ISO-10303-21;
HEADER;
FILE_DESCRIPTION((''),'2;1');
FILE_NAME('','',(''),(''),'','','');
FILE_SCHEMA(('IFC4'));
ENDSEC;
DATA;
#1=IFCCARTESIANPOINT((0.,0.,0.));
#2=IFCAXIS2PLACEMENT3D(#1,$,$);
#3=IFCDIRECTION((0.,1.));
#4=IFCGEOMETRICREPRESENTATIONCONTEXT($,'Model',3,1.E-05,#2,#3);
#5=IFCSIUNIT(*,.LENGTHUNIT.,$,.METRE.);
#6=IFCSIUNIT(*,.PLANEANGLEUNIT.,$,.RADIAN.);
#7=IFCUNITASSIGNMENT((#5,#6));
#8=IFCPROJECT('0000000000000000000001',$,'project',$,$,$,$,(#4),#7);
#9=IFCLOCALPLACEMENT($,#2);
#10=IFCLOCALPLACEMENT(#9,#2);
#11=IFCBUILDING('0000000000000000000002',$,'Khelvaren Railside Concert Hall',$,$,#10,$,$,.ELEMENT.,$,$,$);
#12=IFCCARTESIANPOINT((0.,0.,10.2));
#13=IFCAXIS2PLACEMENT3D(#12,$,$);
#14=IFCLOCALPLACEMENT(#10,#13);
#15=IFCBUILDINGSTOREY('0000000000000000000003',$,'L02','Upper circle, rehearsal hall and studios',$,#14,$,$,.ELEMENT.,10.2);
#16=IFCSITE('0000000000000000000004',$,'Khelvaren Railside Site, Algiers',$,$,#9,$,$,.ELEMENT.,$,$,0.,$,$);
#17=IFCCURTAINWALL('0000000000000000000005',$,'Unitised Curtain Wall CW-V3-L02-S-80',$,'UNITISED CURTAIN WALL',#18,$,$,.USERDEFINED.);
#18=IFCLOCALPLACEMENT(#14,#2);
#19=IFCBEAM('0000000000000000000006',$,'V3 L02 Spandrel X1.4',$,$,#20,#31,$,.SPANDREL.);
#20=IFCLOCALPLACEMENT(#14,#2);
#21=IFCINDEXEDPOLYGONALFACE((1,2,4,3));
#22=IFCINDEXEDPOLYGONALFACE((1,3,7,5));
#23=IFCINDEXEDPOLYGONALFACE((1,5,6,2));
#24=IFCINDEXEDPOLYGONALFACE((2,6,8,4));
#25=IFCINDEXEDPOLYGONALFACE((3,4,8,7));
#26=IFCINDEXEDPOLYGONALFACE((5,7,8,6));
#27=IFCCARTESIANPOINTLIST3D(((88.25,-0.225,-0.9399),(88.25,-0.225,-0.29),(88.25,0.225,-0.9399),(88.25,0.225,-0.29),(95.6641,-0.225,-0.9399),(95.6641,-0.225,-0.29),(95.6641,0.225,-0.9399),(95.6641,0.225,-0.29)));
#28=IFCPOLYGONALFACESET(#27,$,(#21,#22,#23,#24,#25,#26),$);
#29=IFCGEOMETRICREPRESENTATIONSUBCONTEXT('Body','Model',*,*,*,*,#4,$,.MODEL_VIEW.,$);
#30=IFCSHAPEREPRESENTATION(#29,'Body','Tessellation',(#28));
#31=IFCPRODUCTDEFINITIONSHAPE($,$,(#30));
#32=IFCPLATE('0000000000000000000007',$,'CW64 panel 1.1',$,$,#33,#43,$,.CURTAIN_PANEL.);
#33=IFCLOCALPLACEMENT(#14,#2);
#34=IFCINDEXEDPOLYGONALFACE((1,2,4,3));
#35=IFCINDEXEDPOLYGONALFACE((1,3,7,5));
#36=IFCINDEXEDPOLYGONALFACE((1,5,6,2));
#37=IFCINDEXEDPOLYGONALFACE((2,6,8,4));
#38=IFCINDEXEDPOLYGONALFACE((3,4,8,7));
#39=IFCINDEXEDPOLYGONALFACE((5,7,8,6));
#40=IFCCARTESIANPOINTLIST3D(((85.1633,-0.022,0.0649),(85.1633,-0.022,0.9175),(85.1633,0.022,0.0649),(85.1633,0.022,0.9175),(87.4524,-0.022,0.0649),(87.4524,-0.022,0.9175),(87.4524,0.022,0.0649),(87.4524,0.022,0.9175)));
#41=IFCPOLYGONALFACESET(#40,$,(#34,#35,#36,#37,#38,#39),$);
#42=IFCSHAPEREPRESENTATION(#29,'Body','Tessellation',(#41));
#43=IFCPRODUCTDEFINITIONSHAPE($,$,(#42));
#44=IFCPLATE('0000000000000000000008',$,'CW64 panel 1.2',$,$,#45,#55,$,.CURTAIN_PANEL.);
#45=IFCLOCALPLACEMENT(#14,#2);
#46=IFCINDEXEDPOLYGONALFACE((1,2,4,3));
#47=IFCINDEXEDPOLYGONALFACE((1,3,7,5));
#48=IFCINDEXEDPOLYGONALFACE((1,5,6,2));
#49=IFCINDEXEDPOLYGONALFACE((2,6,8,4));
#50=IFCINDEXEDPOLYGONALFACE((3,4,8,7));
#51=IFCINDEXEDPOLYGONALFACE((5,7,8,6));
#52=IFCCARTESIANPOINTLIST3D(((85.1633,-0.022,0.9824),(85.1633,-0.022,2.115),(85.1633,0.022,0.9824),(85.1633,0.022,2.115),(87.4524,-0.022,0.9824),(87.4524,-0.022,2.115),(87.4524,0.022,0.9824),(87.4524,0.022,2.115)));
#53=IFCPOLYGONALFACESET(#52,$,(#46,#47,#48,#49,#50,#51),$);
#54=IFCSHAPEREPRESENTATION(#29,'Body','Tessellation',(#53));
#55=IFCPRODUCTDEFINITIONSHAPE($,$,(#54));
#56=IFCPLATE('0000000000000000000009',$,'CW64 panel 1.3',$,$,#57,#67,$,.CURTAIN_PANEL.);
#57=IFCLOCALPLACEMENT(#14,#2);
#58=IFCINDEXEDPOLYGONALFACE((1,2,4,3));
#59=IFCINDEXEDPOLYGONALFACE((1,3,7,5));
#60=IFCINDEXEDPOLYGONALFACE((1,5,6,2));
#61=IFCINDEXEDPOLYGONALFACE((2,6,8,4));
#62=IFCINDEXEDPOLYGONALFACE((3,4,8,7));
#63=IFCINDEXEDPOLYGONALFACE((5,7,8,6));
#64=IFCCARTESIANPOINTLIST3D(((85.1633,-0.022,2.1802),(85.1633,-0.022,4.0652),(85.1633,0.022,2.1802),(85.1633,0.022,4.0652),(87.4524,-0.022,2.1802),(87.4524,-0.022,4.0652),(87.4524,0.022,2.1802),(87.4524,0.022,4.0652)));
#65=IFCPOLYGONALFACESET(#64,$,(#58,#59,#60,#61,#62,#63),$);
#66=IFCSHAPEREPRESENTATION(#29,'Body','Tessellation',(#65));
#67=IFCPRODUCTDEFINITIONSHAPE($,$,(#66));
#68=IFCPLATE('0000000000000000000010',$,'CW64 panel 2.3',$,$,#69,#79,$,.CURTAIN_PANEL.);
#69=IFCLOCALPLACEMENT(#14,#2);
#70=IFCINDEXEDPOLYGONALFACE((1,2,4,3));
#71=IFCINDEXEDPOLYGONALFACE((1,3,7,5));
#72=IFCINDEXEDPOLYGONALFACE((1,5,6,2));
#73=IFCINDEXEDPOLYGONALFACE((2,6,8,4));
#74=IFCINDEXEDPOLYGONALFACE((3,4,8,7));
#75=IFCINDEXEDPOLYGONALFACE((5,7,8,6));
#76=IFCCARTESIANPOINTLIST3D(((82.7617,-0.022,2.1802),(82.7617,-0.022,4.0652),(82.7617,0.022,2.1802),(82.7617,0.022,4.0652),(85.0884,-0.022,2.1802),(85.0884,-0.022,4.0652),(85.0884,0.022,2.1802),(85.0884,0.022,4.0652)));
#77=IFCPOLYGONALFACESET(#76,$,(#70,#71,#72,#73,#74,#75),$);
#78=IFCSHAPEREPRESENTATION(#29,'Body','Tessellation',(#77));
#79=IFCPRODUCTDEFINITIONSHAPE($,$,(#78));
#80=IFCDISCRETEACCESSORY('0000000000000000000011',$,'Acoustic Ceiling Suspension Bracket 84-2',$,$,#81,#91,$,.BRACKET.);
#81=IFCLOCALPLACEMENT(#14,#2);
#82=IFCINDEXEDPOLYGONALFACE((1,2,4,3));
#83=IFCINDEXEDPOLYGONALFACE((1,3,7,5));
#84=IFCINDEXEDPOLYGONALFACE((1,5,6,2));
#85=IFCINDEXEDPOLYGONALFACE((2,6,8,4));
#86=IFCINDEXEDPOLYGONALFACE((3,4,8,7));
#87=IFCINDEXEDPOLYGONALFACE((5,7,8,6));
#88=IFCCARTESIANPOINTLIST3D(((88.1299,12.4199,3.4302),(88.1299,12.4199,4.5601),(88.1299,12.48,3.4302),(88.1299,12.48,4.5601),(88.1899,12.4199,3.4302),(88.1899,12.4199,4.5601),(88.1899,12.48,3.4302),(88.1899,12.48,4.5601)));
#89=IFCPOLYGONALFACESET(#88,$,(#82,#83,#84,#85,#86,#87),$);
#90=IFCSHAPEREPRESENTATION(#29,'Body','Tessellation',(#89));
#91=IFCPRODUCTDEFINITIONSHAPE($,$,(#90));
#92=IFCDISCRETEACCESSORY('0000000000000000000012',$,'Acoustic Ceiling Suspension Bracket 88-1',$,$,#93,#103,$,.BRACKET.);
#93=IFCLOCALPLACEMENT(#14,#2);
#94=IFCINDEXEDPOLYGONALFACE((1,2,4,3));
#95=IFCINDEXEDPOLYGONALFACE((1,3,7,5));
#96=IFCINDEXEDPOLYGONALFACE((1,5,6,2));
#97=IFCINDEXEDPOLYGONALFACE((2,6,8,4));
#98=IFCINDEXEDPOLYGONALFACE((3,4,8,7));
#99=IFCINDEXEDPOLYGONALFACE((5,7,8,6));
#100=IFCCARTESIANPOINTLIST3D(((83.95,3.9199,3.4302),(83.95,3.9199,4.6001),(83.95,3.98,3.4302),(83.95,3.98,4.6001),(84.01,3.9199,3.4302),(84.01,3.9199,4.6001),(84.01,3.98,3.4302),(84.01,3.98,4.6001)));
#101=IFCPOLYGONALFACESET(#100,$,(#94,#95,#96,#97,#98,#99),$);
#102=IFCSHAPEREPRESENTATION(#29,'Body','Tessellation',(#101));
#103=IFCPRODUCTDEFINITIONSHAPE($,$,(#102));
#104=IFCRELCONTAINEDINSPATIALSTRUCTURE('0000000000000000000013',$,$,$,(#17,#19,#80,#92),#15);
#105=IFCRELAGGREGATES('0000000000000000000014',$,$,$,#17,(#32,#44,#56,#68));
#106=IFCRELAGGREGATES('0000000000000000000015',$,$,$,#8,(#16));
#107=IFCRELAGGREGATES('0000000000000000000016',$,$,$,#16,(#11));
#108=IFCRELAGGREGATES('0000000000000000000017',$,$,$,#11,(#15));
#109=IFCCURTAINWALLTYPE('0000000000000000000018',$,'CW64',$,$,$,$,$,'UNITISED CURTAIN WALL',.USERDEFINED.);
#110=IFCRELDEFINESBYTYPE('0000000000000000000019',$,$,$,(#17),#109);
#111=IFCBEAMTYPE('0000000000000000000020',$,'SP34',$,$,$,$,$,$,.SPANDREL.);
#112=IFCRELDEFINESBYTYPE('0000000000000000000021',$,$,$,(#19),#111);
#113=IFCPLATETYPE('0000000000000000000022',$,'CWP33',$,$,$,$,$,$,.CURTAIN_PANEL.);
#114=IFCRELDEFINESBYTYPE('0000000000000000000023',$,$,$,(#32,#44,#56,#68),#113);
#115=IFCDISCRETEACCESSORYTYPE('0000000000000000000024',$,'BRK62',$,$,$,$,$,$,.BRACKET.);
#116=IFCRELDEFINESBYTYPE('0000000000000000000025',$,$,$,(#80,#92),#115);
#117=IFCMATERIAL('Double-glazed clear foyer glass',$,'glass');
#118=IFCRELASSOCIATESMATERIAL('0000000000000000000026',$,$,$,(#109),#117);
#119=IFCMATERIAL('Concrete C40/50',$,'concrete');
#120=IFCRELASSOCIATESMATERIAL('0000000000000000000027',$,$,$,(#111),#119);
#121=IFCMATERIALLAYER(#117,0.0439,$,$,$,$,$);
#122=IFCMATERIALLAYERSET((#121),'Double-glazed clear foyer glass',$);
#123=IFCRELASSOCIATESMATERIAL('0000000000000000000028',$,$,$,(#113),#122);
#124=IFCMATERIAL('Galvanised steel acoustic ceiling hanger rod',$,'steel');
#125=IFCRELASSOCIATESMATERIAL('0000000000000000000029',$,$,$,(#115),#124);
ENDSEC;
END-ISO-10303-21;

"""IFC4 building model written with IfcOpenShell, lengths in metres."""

from ifc_helpers import new_model, si_unit, direction, frame, origin, origin_2d, place, context, subcontext, project, spatial, rectangle, extrude, material, layer, layer_set, material_profile, profile_set, type_object, element, aggregate, save


model = new_model("IFC4")

# Units and contexts
model_context = context("Model", 3, precision=1e-05, world=origin(), true_north=direction((0.0, 1.0)))
body_context = subcontext(model_context, "Body", "Model", "MODEL_VIEW")
ifc_project = project(units=[si_unit("LENGTHUNIT", "METRE"), si_unit("PLANEANGLEUNIT", "RADIAN")], contexts=[model_context])

# Site, building, storey
site_placement = place(None, origin())
site = spatial("IfcSite", under=ifc_project, at=site_placement, Name="Khelvaren Railside Site, Algiers", CompositionType="ELEMENT", RefElevation=0.0)
building_placement = place(site_placement, origin())
building = spatial("IfcBuilding", under=site, at=building_placement, Name="Khelvaren Railside Concert Hall", CompositionType="ELEMENT")
storey_placement = place(building_placement, frame((0.0, 0.0, 10.2)))
storey = spatial("IfcBuildingStorey", under=building, at=storey_placement, Name="L02", Description="Upper circle, rehearsal hall and studios", CompositionType="ELEMENT", Elevation=10.2)

# Shared definitions
ifc_material_1 = material(Name="Concrete C40/50", Category="concrete")

# Curtain wall
ifc_material_2 = material(Name="Double-glazed clear foyer glass", Category="glass")
curtain_wall_type_1 = type_object("IfcCurtainWallType", Name="CW64", ElementType="UNITISED CURTAIN WALL", PredefinedType="USERDEFINED", material=ifc_material_2)
curtain_wall_1_placement = place(storey_placement, origin())
curtain_wall_1 = element("IfcCurtainWall", 1, at=curtain_wall_1_placement, inside=storey, type_object=curtain_wall_type_1, Name="Unitised Curtain Wall CW-V3-L02-S-80", ObjectType="UNITISED CURTAIN WALL", PredefinedType="USERDEFINED")

# Beam
ifc_material_profile_1 = material_profile(ifc_material_1, rectangle(XDim=0.45, YDim=0.6499, at=origin_2d()), Name="RCB 450x650")
ifc_profile_set_1 = profile_set([ifc_material_profile_1], Name="Concrete C40/50")
beam_type_1 = type_object("IfcBeamType", Name="SP34", PredefinedType="SPANDREL", material=ifc_profile_set_1)
beam_1_placement = place(storey_placement, frame((88.25, 0.0, -0.615), z_axis=(1.0, 0.0, 0.0), x_axis=(0.0, 1.0, 0.0)))
element("IfcBeam", 2, at=beam_1_placement, inside=storey, type_object=beam_type_1, Name="V3 L02 Spandrel X1.4", PredefinedType="SPANDREL", context=body_context, shape_type="SweptSolid", body=[
    extrude(rectangle(XDim=0.45, YDim=0.6499, at=origin_2d()), origin(), (0.0, 0.0, 1.0), 7.4141),
])

# Plates
ifc_layer = layer(ifc_material_2, 0.0439)
ifc_layer_set = layer_set([ifc_layer], Name="Double-glazed clear foyer glass")
plate_type = type_object("IfcPlateType", Name="CWP33", PredefinedType="CURTAIN_PANEL", material=ifc_layer_set)
plate_1_placement = place(storey_placement, frame((86.3079, 0.0, 0.0649), z_axis=(0.0, 0.0, 1.0), x_axis=(-1.0, 0.0, 0.0)))
plate_1 = element("IfcPlate", 3, at=plate_1_placement, type_object=plate_type, Name="CW64 panel 1.1", PredefinedType="CURTAIN_PANEL", context=body_context, shape_type="SweptSolid", body=[
    extrude(rectangle(XDim=2.2891, YDim=0.0439, at=origin_2d()), origin(), (0.0, 0.0, 1.0), 0.8525),
])
plate_2_placement = place(storey_placement, frame((86.3079, 0.0, 0.9824), z_axis=(0.0, 0.0, 1.0), x_axis=(-1.0, 0.0, 0.0)))
plate_2 = element("IfcPlate", 4, at=plate_2_placement, type_object=plate_type, Name="CW64 panel 1.2", PredefinedType="CURTAIN_PANEL", context=body_context, shape_type="SweptSolid", body=[
    extrude(rectangle(XDim=2.2891, YDim=0.0439, at=origin_2d()), origin(), (0.0, 0.0, 1.0), 1.1326),
])
plate_3_placement = place(storey_placement, frame((86.3079, 0.0, 2.1802), z_axis=(0.0, 0.0, 1.0), x_axis=(-1.0, 0.0, 0.0)))
plate_3 = element("IfcPlate", 5, at=plate_3_placement, type_object=plate_type, Name="CW64 panel 1.3", PredefinedType="CURTAIN_PANEL", context=body_context, shape_type="SweptSolid", body=[
    extrude(rectangle(XDim=2.2891, YDim=0.0439, at=origin_2d()), origin(), (0.0, 0.0, 1.0), 1.885),
])
plate_4_placement = place(storey_placement, frame((83.925, 0.0, 2.1802), z_axis=(0.0, 0.0, 1.0), x_axis=(-1.0, 0.0, 0.0)))
plate_4 = element("IfcPlate", 6, at=plate_4_placement, type_object=plate_type, Name="CW64 panel 2.3", PredefinedType="CURTAIN_PANEL", context=body_context, shape_type="SweptSolid", body=[
    extrude(rectangle(XDim=2.3267, YDim=0.0439, at=origin_2d()), origin(), (0.0, 0.0, 1.0), 1.885),
])
aggregate(curtain_wall_1, [plate_1, plate_2, plate_3, plate_4])

# Discrete accessories
ifc_material_3 = material(Name="Galvanised steel acoustic ceiling hanger rod", Category="steel")
discrete_accessory_type = type_object("IfcDiscreteAccessoryType", Name="BRK62", PredefinedType="BRACKET", material=ifc_material_3)
discrete_accessory_1_placement = place(storey_placement, frame((88.1599, 12.45, 3.4302), z_axis=(0.0, 0.0, 1.0), x_axis=(1.0, 0.0, 0.0)))
element("IfcDiscreteAccessory", 7, at=discrete_accessory_1_placement, inside=storey, type_object=discrete_accessory_type, Name="Acoustic Ceiling Suspension Bracket 84-2", PredefinedType="BRACKET", context=body_context, shape_type="SweptSolid", body=[
    extrude(rectangle(XDim=0.0601, YDim=0.0601, at=origin_2d()), origin(), (0.0, 0.0, 1.0), 1.1299),
])
discrete_accessory_2_placement = place(storey_placement, frame((83.98, 3.95, 3.4302), z_axis=(0.0, 0.0, 1.0), x_axis=(1.0, 0.0, 0.0)))
element("IfcDiscreteAccessory", 8, at=discrete_accessory_2_placement, inside=storey, type_object=discrete_accessory_type, Name="Acoustic Ceiling Suspension Bracket 88-1", PredefinedType="BRACKET", context=body_context, shape_type="SweptSolid", body=[
    extrude(rectangle(XDim=0.0601, YDim=0.0601, at=origin_2d()), origin(), (0.0, 0.0, 1.0), 1.1699),
])

save(model, "model.ifc")
